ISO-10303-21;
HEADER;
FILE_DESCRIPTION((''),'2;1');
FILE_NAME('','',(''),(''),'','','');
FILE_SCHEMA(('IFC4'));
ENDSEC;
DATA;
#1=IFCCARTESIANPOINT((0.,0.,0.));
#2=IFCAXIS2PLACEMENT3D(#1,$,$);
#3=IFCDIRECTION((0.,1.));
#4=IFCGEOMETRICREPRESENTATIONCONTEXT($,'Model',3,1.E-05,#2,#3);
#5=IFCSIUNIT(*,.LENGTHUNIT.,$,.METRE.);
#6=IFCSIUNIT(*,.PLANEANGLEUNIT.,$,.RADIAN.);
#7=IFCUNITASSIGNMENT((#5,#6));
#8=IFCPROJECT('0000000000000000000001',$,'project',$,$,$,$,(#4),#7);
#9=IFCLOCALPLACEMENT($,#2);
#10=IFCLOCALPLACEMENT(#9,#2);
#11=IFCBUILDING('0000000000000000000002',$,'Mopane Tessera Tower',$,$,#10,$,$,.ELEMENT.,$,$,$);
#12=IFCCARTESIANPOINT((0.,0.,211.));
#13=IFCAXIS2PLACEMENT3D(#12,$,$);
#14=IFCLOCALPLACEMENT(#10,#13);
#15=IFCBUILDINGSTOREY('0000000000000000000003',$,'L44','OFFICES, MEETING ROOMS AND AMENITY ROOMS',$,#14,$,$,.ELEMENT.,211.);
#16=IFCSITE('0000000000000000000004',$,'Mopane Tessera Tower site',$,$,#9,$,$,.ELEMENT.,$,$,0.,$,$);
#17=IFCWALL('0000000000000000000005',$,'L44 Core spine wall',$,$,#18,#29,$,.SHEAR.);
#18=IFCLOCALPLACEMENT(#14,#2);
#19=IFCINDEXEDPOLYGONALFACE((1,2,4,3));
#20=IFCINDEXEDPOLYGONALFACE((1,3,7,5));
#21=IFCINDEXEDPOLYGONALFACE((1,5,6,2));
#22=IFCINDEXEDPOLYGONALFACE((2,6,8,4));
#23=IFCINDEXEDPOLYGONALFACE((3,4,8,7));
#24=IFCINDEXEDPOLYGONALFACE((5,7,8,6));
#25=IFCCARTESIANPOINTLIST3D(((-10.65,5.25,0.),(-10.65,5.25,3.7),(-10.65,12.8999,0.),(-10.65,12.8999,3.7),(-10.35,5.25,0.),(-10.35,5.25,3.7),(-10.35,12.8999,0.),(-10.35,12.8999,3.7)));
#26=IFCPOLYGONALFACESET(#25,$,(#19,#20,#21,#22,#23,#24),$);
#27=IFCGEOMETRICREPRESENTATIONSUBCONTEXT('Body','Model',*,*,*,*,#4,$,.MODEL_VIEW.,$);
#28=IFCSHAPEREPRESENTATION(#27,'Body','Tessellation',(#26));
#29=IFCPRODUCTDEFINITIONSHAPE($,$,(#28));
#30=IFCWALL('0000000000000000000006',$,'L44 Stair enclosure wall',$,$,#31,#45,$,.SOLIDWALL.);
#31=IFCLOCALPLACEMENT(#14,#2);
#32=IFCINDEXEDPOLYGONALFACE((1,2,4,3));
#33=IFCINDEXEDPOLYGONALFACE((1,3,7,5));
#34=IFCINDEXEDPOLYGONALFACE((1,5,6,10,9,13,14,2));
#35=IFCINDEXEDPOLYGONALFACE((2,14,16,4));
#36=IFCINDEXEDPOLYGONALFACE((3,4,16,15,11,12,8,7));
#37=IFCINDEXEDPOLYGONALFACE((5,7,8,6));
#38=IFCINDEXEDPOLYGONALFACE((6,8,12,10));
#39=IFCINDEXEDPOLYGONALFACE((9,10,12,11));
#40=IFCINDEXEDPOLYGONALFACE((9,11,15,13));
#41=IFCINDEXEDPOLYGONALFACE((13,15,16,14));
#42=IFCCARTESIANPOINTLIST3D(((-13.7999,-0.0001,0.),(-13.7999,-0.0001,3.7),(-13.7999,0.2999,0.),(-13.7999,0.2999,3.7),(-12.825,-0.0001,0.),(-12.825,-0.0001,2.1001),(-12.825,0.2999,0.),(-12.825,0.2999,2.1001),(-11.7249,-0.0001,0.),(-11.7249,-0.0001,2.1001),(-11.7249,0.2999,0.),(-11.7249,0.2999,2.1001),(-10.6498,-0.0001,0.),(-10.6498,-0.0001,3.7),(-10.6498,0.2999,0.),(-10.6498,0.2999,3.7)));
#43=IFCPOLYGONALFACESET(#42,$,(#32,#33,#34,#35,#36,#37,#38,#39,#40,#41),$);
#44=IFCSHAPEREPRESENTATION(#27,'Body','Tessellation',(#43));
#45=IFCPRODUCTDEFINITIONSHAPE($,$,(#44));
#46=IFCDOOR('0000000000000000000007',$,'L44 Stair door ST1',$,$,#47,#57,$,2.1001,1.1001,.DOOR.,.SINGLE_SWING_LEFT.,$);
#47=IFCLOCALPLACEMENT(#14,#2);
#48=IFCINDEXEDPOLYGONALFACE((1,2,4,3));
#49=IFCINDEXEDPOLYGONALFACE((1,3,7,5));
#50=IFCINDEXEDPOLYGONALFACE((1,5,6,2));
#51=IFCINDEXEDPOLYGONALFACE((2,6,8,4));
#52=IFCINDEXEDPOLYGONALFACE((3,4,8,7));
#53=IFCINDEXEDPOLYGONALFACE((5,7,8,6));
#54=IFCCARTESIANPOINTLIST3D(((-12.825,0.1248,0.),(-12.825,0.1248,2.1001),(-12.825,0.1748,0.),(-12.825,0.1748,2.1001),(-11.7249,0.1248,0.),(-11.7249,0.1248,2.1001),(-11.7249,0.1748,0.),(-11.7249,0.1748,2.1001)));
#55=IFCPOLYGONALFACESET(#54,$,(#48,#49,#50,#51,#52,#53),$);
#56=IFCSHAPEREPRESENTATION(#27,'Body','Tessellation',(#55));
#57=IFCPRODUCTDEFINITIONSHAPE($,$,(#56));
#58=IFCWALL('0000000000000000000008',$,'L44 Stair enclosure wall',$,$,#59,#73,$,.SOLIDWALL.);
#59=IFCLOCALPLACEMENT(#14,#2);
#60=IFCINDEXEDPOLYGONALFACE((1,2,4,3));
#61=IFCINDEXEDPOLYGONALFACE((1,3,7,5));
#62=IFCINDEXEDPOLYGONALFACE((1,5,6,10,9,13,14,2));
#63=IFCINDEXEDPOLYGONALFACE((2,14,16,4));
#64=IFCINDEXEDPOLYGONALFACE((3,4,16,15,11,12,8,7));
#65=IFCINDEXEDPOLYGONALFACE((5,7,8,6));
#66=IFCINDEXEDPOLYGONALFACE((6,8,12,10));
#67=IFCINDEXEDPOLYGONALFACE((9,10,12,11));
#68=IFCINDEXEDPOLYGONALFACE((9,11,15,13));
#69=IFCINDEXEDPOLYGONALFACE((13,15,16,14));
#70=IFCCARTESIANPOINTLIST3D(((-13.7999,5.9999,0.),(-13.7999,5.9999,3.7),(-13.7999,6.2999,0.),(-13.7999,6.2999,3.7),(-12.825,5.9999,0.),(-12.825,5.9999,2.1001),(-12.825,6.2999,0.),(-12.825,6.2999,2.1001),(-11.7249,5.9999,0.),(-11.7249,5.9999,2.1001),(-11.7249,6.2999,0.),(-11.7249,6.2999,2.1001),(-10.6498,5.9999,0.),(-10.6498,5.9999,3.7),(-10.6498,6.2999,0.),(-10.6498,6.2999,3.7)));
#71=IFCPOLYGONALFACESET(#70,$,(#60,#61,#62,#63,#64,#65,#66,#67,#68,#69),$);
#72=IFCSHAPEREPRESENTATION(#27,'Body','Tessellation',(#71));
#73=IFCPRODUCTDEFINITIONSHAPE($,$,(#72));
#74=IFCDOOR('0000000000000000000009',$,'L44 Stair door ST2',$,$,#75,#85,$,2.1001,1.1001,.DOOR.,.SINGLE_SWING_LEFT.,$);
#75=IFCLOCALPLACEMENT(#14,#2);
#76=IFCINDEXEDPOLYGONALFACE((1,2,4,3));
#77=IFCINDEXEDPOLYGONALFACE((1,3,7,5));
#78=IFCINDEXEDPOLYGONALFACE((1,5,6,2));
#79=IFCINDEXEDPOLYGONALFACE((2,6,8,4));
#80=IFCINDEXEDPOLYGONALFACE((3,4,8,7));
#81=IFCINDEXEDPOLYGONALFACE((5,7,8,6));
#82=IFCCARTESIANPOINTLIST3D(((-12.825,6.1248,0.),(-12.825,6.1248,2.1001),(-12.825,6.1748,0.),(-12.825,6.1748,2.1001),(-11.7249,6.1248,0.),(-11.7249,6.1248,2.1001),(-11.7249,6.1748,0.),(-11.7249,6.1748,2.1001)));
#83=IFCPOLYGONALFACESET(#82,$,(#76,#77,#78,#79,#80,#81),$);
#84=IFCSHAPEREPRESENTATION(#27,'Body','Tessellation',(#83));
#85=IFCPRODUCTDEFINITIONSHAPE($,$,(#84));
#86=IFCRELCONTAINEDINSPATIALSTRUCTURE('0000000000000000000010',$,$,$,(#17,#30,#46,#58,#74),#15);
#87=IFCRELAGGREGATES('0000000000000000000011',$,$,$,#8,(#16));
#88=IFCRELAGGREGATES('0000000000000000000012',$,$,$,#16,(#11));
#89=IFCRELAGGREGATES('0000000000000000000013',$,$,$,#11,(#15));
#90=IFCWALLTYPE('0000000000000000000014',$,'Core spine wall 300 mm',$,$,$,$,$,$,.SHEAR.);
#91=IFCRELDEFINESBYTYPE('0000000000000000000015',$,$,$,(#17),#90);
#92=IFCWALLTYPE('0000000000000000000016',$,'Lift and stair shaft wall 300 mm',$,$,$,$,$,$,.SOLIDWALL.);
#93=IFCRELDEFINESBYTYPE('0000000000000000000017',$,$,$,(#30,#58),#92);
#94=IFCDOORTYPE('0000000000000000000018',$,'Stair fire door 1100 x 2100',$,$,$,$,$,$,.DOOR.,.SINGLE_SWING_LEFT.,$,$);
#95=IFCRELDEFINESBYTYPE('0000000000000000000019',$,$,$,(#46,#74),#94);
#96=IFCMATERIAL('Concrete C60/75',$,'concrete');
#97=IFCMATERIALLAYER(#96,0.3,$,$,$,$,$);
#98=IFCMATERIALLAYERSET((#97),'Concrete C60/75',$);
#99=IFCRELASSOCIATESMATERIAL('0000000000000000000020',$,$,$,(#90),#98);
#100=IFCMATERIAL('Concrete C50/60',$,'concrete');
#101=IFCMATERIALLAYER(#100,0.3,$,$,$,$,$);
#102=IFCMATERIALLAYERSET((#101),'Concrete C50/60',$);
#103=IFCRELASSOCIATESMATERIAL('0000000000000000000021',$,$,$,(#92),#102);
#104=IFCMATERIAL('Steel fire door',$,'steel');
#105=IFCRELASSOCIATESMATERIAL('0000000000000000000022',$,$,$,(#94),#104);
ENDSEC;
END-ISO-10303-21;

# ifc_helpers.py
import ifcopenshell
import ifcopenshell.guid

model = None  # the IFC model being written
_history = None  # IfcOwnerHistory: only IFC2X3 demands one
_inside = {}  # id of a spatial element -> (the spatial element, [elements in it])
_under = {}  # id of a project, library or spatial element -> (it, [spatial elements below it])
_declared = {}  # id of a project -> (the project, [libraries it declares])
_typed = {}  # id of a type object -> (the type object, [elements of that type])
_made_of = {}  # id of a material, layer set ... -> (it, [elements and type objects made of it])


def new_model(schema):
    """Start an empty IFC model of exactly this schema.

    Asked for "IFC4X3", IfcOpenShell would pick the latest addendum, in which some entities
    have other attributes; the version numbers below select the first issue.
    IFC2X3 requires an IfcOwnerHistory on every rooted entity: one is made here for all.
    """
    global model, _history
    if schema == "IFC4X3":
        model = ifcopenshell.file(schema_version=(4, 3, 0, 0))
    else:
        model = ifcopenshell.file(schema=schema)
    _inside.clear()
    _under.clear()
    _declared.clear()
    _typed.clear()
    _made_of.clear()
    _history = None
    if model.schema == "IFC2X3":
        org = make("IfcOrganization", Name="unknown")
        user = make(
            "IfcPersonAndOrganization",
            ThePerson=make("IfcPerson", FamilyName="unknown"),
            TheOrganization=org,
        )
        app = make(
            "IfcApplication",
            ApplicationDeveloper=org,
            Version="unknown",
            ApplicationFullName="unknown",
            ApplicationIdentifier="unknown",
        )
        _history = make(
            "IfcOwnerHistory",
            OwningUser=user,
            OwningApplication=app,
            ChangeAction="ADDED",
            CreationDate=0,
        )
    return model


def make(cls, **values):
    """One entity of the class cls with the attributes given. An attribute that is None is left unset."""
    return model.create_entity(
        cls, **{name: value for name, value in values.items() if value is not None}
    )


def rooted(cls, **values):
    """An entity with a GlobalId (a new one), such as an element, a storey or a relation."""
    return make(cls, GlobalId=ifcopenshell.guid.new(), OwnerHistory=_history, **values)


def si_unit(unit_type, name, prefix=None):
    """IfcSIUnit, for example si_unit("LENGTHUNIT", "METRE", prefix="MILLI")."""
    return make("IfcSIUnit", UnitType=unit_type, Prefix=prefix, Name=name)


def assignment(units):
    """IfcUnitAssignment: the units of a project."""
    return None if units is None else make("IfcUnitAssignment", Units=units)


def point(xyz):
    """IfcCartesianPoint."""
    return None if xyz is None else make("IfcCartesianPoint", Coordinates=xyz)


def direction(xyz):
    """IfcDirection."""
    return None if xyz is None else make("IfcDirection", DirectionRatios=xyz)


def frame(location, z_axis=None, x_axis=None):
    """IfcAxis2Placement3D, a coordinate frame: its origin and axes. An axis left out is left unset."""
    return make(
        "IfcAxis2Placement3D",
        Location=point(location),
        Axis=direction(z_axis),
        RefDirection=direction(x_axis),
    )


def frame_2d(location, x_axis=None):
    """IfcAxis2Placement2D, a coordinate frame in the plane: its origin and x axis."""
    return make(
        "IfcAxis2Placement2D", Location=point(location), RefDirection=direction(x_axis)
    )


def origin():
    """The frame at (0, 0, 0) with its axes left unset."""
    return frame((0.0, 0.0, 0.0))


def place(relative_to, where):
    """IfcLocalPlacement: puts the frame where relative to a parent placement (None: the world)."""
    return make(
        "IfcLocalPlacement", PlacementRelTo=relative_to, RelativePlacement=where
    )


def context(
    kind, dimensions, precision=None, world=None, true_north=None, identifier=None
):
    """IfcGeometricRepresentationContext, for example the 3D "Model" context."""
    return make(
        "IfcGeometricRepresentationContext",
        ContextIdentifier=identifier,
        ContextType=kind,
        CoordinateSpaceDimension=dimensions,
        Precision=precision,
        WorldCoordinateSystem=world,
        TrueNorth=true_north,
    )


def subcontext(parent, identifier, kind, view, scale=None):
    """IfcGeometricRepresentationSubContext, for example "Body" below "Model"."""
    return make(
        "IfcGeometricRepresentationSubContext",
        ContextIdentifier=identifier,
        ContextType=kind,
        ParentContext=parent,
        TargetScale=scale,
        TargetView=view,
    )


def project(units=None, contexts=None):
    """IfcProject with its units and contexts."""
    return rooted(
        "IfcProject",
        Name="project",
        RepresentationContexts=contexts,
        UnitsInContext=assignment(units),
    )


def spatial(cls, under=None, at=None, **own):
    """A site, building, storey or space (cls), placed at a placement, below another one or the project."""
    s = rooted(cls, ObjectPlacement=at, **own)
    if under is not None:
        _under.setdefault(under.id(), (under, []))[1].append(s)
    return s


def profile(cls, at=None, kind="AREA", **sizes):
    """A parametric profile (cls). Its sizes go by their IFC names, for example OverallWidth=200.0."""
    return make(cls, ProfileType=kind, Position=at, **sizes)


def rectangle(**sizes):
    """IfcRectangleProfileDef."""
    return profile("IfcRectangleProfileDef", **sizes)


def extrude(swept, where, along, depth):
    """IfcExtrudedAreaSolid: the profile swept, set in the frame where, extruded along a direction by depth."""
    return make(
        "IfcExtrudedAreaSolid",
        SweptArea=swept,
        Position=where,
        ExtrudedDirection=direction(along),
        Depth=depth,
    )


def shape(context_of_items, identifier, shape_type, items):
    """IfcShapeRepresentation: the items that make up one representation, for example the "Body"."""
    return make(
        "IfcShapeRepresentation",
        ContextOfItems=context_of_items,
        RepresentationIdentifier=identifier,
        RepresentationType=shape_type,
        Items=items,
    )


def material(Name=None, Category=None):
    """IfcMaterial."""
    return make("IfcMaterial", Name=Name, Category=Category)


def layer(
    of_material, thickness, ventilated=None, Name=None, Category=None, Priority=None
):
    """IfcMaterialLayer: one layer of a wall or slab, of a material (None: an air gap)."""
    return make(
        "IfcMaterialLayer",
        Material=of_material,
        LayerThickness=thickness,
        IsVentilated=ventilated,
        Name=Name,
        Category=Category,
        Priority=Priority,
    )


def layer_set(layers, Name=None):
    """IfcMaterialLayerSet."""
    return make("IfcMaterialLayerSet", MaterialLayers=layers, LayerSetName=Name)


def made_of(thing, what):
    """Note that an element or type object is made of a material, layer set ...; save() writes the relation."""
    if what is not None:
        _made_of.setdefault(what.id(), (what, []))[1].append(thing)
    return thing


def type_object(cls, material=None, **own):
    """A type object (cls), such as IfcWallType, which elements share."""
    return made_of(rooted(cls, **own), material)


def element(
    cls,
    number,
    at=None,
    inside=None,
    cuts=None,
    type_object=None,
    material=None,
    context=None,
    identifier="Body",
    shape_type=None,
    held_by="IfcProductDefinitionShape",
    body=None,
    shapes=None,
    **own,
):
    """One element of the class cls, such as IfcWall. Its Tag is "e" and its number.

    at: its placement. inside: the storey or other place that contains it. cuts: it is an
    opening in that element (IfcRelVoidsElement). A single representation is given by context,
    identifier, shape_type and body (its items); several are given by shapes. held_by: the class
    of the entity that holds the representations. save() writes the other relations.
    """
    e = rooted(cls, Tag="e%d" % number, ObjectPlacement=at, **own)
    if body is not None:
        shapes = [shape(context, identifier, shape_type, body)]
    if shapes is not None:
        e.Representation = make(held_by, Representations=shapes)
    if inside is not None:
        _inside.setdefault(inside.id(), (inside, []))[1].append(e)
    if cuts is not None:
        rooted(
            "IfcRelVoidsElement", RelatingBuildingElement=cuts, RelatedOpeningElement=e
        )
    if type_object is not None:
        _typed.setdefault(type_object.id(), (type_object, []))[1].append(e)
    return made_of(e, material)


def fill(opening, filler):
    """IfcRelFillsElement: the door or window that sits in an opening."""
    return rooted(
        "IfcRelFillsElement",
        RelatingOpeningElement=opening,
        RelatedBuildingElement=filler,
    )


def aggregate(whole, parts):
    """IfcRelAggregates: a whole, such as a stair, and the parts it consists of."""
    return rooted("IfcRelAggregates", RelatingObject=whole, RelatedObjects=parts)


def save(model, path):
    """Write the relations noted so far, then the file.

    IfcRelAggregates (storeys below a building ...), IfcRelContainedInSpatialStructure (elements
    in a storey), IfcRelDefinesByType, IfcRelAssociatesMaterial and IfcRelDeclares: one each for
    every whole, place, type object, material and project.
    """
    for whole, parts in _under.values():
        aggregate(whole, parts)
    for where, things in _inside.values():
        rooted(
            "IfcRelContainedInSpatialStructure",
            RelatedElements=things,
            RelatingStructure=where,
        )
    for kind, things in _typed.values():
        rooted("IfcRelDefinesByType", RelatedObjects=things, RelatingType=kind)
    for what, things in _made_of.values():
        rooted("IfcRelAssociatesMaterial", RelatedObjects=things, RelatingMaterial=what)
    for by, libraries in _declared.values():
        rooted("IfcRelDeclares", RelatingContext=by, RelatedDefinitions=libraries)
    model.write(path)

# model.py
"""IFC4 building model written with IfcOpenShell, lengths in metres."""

from ifc_helpers import new_model, si_unit, direction, frame, frame_2d, origin, place, context, subcontext, project, spatial, rectangle, extrude, material, layer, layer_set, type_object, element, fill, save


model = new_model("IFC4")

# Units and contexts
model_context = context("Model", 3, precision=1e-05, world=origin(), true_north=direction((0.0, 1.0)))
body_context = subcontext(model_context, "Body", "Model", "MODEL_VIEW")
ifc_project = project(units=[si_unit("LENGTHUNIT", "METRE"), si_unit("PLANEANGLEUNIT", "RADIAN")], contexts=[model_context])

# Site, building, storey
site_placement = place(None, origin())
site = spatial("IfcSite", under=ifc_project, at=site_placement, Name="Mopane Tessera Tower site", CompositionType="ELEMENT", RefElevation=0.0)
building_placement = place(site_placement, origin())
building = spatial("IfcBuilding", under=site, at=building_placement, Name="Mopane Tessera Tower", CompositionType="ELEMENT")
storey_placement = place(building_placement, frame((0.0, 0.0, 211.0)))
storey = spatial("IfcBuildingStorey", under=building, at=storey_placement, Name="L44", Description="OFFICES, MEETING ROOMS AND AMENITY ROOMS", CompositionType="ELEMENT", Elevation=211.0)

# Wall
ifc_material_1 = material(Name="Concrete C60/75", Category="concrete")
ifc_layer_1 = layer(ifc_material_1, 0.3)
ifc_layer_set_1 = layer_set([ifc_layer_1], Name="Concrete C60/75")
wall_type_1 = type_object("IfcWallType", Name="Core spine wall 300 mm", PredefinedType="SHEAR", material=ifc_layer_set_1)
wall_1_placement = place(storey_placement, frame((-10.5, 5.25, 0.0), z_axis=(0.0, 0.0, 1.0), x_axis=(0.0, 1.0, 0.0)))
element("IfcWall", 1, at=wall_1_placement, inside=storey, type_object=wall_type_1, Name="L44 Core spine wall", PredefinedType="SHEAR", context=body_context, shape_type="SweptSolid", body=[
    extrude(rectangle(XDim=7.6499, YDim=0.3, at=frame_2d((3.825, 0.0))), origin(), (0.0, 0.0, 1.0), 3.7),
])

# Walls, openings, doors
ifc_material_2 = material(Name="Concrete C50/60", Category="concrete")
ifc_layer_2 = layer(ifc_material_2, 0.3)
ifc_layer_set_2 = layer_set([ifc_layer_2], Name="Concrete C50/60")
wall_type_2 = type_object("IfcWallType", Name="Lift and stair shaft wall 300 mm", PredefinedType="SOLIDWALL", material=ifc_layer_set_2)
wall_2_placement = place(storey_placement, frame((-13.8, 0.1499, 0.0), z_axis=(0.0, 0.0, 1.0), x_axis=(1.0, 0.0, 0.0)))
wall_2 = element("IfcWall", 2, at=wall_2_placement, inside=storey, type_object=wall_type_2, Name="L44 Stair enclosure wall", PredefinedType="SOLIDWALL", context=body_context, shape_type="SweptSolid", body=[
    extrude(rectangle(XDim=3.1501, YDim=0.3, at=frame_2d((1.5752, 0.0))), origin(), (0.0, 0.0, 1.0), 3.7),
])
opening_1_placement = place(wall_2_placement, frame((0.9751, 0.0, 0.0)))
opening_1 = element("IfcOpeningElement", 3, at=opening_1_placement, cuts=wall_2, PredefinedType="OPENING", context=body_context, shape_type="SweptSolid", body=[
    extrude(rectangle(XDim=1.1001, YDim=2.1001, at=frame_2d((0.55, 1.05))), frame((0.0, 0.1621, 0.0), z_axis=(0.0, -1.0, 0.0), x_axis=(1.0, 0.0, 0.0)), (0.0, 0.0, 1.0), 0.324),
])
ifc_material_3 = material(Name="Steel fire door", Category="steel")
door_type_1 = type_object("IfcDoorType", Name="Stair fire door 1100 x 2100", OperationType="SINGLE_SWING_LEFT", PredefinedType="DOOR", material=ifc_material_3)
door_1_placement = place(opening_1_placement, origin())
door_1 = element("IfcDoor", 4, at=door_1_placement, inside=storey, type_object=door_type_1, Name="L44 Stair door ST1", OperationType="SINGLE_SWING_LEFT", OverallHeight=2.1001, OverallWidth=1.1001, PredefinedType="DOOR", context=body_context, shape_type="SweptSolid", body=[
    extrude(rectangle(XDim=1.1001, YDim=2.1001, at=frame_2d((0.55, 1.05))), frame((0.0, 0.0249, 0.0), z_axis=(0.0, -1.0, 0.0), x_axis=(1.0, 0.0, 0.0)), (0.0, 0.0, 1.0), 0.05),
])
fill(opening_1, door_1)
wall_3_placement = place(storey_placement, frame((-13.8, 6.1499, 0.0), z_axis=(0.0, 0.0, 1.0), x_axis=(1.0, 0.0, 0.0)))
wall_3 = element("IfcWall", 5, at=wall_3_placement, inside=storey, type_object=wall_type_2, Name="L44 Stair enclosure wall", PredefinedType="SOLIDWALL", context=body_context, shape_type="SweptSolid", body=[
    extrude(rectangle(XDim=3.1501, YDim=0.3, at=frame_2d((1.5752, 0.0))), origin(), (0.0, 0.0, 1.0), 3.7),
])
opening_2_placement = place(wall_3_placement, frame((0.9751, 0.0, 0.0)))
opening_2 = element("IfcOpeningElement", 6, at=opening_2_placement, cuts=wall_3, PredefinedType="OPENING", context=body_context, shape_type="SweptSolid", body=[
    extrude(rectangle(XDim=1.1001, YDim=2.1001, at=frame_2d((0.55, 1.05))), frame((0.0, 0.1621, 0.0), z_axis=(0.0, -1.0, 0.0), x_axis=(1.0, 0.0, 0.0)), (0.0, 0.0, 1.0), 0.324),
])
door_2_placement = place(opening_2_placement, origin())
door_2 = element("IfcDoor", 7, at=door_2_placement, inside=storey, type_object=door_type_1, Name="L44 Stair door ST2", OperationType="SINGLE_SWING_LEFT", OverallHeight=2.1001, OverallWidth=1.1001, PredefinedType="DOOR", context=body_context, shape_type="SweptSolid", body=[
    extrude(rectangle(XDim=1.1001, YDim=2.1001, at=frame_2d((0.55, 1.05))), frame((0.0, 0.0249, 0.0), z_axis=(0.0, -1.0, 0.0), x_axis=(1.0, 0.0, 0.0)), (0.0, 0.0, 1.0), 0.05),
])
fill(opening_2, door_2)

save(model, "model.ifc")
